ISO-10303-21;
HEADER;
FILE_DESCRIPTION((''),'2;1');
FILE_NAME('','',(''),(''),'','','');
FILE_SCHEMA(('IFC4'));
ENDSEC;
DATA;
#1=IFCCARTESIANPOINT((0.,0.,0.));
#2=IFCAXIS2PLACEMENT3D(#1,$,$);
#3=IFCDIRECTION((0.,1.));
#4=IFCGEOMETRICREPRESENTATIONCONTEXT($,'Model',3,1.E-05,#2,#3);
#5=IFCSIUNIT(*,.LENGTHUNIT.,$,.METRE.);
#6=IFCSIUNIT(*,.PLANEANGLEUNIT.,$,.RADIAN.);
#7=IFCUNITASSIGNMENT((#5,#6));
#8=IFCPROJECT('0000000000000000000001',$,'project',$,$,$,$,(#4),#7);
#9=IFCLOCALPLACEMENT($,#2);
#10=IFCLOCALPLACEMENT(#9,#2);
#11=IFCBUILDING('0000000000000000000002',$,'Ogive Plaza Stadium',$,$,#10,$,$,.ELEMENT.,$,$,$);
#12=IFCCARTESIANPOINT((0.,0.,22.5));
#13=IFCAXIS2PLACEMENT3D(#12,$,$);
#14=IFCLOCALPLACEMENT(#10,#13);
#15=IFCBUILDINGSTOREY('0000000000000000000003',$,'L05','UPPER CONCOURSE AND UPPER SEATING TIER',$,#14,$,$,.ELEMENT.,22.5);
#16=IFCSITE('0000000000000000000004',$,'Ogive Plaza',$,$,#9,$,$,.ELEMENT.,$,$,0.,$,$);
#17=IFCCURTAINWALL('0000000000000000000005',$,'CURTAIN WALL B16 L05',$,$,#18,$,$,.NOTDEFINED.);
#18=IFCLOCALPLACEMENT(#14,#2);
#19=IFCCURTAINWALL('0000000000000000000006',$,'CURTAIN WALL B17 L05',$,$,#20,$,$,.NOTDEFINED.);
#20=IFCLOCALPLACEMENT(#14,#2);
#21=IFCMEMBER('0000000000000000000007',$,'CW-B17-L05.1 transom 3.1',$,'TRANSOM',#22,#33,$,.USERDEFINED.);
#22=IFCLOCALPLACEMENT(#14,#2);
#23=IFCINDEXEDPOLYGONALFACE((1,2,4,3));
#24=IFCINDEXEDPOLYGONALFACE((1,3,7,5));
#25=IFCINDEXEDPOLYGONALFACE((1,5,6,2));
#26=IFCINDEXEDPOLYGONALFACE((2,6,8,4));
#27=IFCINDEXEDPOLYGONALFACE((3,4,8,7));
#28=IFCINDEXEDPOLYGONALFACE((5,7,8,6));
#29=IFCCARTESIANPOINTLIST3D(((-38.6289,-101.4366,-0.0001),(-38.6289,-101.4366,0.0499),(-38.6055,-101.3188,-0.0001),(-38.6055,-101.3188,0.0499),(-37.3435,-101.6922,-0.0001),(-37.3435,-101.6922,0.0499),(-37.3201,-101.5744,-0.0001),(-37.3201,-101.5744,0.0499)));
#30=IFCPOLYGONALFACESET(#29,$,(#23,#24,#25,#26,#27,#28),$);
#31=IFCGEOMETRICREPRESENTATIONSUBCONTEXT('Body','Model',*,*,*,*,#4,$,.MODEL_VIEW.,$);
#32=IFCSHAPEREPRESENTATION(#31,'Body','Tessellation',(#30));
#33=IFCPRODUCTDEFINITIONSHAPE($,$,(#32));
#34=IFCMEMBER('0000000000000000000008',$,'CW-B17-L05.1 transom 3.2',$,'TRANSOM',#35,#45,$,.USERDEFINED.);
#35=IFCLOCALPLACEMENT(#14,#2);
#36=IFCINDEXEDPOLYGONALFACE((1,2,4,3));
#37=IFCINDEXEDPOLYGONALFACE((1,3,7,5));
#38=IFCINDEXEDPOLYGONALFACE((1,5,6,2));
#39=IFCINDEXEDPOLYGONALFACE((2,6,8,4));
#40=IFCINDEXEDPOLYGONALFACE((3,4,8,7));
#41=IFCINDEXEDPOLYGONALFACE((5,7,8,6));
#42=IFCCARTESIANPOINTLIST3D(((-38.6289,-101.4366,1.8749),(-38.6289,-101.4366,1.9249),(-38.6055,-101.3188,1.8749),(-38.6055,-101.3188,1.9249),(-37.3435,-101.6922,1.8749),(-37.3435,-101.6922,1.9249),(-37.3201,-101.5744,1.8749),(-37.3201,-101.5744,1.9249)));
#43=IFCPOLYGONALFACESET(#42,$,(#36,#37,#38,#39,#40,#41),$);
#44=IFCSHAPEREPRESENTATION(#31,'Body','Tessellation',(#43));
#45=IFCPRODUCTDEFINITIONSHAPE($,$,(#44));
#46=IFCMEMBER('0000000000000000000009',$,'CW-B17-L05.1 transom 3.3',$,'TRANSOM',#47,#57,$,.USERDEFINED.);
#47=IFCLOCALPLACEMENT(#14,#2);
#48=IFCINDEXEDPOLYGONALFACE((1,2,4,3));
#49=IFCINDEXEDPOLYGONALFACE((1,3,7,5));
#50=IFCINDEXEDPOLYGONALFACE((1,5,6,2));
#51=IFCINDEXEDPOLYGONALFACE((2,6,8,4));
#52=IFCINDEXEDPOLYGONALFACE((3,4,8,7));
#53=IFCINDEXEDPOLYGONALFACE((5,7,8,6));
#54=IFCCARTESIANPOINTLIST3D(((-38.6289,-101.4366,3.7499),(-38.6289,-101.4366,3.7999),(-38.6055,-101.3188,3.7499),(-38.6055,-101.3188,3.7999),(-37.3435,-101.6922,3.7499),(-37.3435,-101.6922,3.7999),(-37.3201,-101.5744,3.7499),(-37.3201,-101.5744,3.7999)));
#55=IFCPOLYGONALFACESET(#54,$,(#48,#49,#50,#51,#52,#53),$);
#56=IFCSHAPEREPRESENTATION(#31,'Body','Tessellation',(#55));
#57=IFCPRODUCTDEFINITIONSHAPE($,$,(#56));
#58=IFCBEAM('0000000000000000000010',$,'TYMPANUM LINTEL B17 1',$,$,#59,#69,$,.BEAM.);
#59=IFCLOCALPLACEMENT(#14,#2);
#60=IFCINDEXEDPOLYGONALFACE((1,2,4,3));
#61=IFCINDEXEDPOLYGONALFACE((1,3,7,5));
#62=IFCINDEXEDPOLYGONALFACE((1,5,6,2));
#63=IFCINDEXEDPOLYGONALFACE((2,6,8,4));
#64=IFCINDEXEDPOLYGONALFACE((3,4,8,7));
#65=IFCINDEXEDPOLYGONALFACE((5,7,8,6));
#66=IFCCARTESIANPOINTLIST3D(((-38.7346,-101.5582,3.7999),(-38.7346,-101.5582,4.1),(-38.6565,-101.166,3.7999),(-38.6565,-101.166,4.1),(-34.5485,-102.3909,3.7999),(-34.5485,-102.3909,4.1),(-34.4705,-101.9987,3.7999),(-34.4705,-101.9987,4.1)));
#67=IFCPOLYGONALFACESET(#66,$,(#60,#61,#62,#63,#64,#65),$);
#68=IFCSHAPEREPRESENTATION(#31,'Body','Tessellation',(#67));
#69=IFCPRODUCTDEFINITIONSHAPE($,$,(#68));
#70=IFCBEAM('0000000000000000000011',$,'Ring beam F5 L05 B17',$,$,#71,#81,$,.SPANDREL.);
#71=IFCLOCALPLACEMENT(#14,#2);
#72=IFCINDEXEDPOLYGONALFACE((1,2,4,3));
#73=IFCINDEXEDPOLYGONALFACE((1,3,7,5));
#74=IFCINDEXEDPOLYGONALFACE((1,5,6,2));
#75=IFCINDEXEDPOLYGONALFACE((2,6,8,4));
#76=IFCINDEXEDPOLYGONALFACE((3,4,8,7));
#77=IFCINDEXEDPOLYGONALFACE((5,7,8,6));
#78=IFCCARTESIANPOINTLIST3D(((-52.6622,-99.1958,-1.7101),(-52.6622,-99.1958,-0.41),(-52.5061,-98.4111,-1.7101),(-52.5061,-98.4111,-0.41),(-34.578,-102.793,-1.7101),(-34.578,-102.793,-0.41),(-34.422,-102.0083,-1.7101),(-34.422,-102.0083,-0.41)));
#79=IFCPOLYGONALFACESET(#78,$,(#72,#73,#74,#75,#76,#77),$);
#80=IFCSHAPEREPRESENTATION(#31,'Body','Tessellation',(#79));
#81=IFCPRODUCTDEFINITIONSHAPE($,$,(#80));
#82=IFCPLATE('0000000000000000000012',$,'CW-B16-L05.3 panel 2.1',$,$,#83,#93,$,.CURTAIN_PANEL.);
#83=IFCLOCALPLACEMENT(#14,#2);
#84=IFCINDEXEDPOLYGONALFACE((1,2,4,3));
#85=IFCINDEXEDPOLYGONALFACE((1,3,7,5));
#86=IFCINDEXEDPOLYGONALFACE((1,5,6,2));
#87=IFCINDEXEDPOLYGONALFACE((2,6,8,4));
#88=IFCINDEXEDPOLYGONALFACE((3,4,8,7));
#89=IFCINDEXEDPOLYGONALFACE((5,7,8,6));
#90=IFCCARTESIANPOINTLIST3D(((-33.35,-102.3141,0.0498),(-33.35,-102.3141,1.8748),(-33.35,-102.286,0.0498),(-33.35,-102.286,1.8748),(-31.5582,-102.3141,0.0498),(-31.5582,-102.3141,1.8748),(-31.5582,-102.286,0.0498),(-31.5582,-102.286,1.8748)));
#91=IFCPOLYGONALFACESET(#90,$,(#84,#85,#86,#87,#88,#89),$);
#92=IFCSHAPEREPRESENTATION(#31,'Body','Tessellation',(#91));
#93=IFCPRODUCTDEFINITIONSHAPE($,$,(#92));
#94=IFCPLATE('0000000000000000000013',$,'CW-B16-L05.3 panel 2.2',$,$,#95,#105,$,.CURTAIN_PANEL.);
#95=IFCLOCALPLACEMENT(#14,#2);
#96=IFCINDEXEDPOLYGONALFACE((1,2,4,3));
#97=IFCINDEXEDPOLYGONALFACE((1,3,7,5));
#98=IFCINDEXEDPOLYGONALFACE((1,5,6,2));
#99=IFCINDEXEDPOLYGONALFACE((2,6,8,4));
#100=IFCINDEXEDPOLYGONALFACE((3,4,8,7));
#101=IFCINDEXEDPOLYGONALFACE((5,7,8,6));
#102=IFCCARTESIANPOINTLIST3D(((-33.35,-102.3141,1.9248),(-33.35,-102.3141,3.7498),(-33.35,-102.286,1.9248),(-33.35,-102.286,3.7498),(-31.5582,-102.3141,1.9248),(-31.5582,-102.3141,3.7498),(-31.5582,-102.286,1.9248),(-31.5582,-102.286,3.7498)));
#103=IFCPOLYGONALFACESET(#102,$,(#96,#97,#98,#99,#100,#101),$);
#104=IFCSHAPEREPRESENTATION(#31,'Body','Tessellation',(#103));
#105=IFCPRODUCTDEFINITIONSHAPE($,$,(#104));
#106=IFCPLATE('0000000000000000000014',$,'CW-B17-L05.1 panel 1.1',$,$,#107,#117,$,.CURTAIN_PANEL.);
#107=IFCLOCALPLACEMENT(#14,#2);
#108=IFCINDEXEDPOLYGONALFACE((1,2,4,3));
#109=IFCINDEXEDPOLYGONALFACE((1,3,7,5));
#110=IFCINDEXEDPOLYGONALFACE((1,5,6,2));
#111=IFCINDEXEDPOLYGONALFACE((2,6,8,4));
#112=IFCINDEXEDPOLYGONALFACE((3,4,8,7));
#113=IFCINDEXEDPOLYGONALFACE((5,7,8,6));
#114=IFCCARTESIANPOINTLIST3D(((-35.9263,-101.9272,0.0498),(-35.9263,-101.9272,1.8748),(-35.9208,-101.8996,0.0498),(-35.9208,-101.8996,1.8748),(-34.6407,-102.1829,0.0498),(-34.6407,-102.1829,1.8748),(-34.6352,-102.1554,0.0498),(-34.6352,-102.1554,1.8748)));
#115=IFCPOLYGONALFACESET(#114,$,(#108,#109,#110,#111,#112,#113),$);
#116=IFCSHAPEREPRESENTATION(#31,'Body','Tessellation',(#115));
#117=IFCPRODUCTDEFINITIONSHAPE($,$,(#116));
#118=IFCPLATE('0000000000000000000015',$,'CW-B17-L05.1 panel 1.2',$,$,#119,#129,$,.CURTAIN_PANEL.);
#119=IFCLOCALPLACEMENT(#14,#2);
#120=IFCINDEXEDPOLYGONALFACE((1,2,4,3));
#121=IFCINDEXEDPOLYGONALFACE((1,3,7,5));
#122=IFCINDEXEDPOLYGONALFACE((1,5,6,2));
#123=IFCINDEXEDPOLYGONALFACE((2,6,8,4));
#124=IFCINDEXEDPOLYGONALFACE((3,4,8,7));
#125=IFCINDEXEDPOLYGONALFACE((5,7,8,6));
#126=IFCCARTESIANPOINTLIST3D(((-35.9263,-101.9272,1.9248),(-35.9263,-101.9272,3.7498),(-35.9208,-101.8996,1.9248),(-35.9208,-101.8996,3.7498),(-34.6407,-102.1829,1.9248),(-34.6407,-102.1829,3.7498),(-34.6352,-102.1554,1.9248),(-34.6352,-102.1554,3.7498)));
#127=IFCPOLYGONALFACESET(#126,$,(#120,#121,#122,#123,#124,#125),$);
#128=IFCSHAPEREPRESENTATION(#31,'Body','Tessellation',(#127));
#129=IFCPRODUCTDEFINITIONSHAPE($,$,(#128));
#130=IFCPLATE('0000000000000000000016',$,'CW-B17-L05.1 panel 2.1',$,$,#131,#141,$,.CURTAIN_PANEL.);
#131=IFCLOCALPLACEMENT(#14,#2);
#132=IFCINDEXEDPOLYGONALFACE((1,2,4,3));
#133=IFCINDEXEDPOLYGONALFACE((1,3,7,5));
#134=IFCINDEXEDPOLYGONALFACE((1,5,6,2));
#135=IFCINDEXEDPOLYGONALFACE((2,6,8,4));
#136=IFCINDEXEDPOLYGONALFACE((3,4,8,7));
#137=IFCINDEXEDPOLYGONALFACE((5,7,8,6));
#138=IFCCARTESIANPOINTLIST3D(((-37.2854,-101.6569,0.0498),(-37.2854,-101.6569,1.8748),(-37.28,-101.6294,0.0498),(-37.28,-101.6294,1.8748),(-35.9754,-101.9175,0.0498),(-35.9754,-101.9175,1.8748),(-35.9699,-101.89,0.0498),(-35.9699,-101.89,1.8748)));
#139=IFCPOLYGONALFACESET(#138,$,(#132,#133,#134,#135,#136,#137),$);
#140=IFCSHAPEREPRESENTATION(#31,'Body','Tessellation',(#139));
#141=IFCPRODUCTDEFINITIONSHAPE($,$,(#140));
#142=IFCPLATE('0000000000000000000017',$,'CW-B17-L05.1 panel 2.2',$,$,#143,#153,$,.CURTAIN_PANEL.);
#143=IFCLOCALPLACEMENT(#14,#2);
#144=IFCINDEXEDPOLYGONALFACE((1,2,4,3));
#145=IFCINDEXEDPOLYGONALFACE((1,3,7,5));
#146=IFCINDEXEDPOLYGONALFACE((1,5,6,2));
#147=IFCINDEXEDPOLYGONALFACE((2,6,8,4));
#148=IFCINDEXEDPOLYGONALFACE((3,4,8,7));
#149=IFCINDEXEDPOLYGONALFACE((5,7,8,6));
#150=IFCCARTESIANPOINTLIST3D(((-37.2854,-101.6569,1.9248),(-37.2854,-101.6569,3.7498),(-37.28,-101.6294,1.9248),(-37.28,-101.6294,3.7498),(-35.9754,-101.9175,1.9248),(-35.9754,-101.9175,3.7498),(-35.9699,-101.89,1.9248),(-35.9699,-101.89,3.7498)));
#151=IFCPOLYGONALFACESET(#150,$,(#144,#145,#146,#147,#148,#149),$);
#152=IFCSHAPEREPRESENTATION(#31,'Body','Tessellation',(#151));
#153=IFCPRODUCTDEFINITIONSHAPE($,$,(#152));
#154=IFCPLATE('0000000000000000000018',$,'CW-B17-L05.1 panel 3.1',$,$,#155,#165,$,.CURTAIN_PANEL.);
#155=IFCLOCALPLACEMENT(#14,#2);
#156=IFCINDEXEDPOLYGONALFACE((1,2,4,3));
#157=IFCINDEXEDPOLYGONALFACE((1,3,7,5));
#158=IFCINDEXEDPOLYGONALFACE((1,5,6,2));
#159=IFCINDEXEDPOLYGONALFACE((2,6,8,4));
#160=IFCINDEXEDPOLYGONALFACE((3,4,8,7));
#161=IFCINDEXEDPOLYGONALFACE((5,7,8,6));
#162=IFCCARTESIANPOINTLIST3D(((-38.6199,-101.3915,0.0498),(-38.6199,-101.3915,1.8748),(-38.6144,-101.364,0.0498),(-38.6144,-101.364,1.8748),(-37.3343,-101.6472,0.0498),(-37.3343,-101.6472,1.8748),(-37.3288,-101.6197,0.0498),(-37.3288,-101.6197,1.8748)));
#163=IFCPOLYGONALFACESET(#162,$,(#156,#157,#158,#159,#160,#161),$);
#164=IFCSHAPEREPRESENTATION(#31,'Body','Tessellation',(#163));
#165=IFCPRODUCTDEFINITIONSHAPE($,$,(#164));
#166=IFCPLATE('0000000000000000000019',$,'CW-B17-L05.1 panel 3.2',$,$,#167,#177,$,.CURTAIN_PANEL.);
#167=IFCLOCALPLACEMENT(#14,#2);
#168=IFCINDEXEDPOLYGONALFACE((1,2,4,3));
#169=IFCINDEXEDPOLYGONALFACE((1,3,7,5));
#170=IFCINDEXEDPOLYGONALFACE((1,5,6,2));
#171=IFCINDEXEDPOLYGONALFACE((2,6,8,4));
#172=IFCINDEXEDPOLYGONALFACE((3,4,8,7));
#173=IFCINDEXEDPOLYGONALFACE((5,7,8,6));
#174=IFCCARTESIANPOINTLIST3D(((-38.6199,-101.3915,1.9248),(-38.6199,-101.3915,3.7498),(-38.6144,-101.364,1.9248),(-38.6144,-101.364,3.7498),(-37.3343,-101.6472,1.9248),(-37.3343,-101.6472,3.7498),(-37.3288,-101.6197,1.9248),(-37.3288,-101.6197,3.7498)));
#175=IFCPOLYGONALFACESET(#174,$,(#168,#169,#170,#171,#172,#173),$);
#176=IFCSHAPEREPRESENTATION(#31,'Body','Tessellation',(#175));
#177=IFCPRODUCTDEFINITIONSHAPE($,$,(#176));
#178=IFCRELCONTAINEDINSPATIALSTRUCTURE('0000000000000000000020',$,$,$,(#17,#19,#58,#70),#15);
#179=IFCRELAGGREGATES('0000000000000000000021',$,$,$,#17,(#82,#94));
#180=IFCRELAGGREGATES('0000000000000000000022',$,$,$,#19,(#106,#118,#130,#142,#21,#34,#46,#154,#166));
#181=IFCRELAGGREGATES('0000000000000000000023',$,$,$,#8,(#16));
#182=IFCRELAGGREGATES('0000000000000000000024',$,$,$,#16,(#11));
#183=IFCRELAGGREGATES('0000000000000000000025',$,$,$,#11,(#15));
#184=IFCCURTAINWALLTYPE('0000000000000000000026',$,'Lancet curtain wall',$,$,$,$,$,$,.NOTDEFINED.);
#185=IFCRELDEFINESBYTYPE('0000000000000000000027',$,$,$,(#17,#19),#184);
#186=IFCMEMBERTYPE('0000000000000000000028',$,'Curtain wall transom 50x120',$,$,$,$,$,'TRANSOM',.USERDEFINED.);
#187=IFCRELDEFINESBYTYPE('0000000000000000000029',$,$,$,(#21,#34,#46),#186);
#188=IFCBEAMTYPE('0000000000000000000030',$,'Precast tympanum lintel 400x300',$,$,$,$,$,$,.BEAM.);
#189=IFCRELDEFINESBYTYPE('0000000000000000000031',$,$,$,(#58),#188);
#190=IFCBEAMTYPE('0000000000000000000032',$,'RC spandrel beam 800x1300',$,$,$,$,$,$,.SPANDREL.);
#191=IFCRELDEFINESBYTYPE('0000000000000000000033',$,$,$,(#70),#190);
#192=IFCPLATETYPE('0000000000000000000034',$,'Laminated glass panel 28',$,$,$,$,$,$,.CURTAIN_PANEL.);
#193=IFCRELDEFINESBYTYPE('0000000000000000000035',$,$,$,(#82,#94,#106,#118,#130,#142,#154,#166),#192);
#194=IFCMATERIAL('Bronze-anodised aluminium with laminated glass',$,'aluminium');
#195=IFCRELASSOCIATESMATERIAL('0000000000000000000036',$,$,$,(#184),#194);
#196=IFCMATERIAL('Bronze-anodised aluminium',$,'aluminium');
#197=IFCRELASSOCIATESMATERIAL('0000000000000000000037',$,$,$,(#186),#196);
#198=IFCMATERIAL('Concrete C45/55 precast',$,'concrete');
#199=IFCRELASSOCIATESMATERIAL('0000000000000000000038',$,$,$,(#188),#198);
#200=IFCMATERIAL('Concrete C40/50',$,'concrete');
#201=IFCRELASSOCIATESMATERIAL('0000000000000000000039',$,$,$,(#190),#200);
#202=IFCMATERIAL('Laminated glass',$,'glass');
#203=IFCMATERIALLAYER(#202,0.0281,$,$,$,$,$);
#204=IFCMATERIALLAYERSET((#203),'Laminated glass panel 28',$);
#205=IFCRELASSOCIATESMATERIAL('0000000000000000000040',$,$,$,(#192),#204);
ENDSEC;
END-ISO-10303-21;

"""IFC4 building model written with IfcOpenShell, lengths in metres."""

from ifc_helpers import new_model, si_unit, direction, frame, origin, origin_2d, place, context, subcontext, project, spatial, rectangle, extrude, material, layer, layer_set, material_profile, profile_set, type_object, element, aggregate, save


model = new_model("IFC4")

# Units and contexts
model_context = context("Model", 3, precision=1e-05, world=origin(), true_north=direction((0.0, 1.0)))
body_context = subcontext(model_context, "Body", "Model", "MODEL_VIEW")
ifc_project = project(units=[si_unit("LENGTHUNIT", "METRE"), si_unit("PLANEANGLEUNIT", "RADIAN")], contexts=[model_context])

# Site, building, storey
site_placement = place(None, origin())
site = spatial("IfcSite", under=ifc_project, at=site_placement, Name="Ogive Plaza", CompositionType="ELEMENT", RefElevation=0.0)
building_placement = place(site_placement, origin())
building = spatial("IfcBuilding", under=site, at=building_placement, Name="Ogive Plaza Stadium", CompositionType="ELEMENT")
storey_placement = place(building_placement, frame((0.0, 0.0, 22.5)))
storey = spatial("IfcBuildingStorey", under=building, at=storey_placement, Name="L05", Description="UPPER CONCOURSE AND UPPER SEATING TIER", CompositionType="ELEMENT", Elevation=22.5)

# Curtain wall
ifc_material_1 = material(Name="Bronze-anodised aluminium with laminated glass", Category="aluminium")
curtain_wall_type = type_object("IfcCurtainWallType", Name="Lancet curtain wall", PredefinedType="NOTDEFINED", material=ifc_material_1)
curtain_wall_1_placement = place(storey_placement, origin())
curtain_wall_1 = element("IfcCurtainWall", 1, at=curtain_wall_1_placement, inside=storey, type_object=curtain_wall_type, Name="CURTAIN WALL B16 L05", PredefinedType="NOTDEFINED")

# Curtain wall
curtain_wall_2_placement = place(storey_placement, origin())
curtain_wall_2 = element("IfcCurtainWall", 2, at=curtain_wall_2_placement, inside=storey, type_object=curtain_wall_type, Name="CURTAIN WALL B17 L05", PredefinedType="NOTDEFINED")

# Members
ifc_material_2 = material(Name="Bronze-anodised aluminium", Category="aluminium")
ifc_material_profile_1 = material_profile(ifc_material_2, rectangle(XDim=0.1201, YDim=0.05, at=origin_2d()), Name="AL 120x50")
ifc_profile_set_1 = profile_set([ifc_material_profile_1], Name="Bronze-anodised aluminium")
member_type_1 = type_object("IfcMemberType", Name="Curtain wall transom 50x120", ElementType="TRANSOM", PredefinedType="USERDEFINED", material=ifc_profile_set_1)
member_1_placement = place(storey_placement, frame((-37.3318, -101.6333, 0.0249), z_axis=(-0.980795, 0.195041, 0.0), x_axis=(-0.195041, -0.980795, 0.0)))
member_1 = element("IfcMember", 3, at=member_1_placement, type_object=member_type_1, Name="CW-B17-L05.1 transom 3.1", ObjectType="TRANSOM", PredefinedType="USERDEFINED", context=body_context, shape_type="SweptSolid", body=[
    extrude(rectangle(XDim=0.1201, YDim=0.05, at=origin_2d()), origin(), (0.0, 0.0, 1.0), 1.3105),
])
member_2_placement = place(storey_placement, frame((-37.3318, -101.6333, 1.8999), z_axis=(-0.980795, 0.195041, 0.0), x_axis=(-0.195041, -0.980795, 0.0)))
member_2 = element("IfcMember", 4, at=member_2_placement, type_object=member_type_1, Name="CW-B17-L05.1 transom 3.2", ObjectType="TRANSOM", PredefinedType="USERDEFINED", context=body_context, shape_type="SweptSolid", body=[
    extrude(rectangle(XDim=0.1201, YDim=0.05, at=origin_2d()), origin(), (0.0, 0.0, 1.0), 1.3105),
])
member_3_placement = place(storey_placement, frame((-37.3318, -101.6333, 3.7749), z_axis=(-0.980795, 0.195041, 0.0), x_axis=(-0.195041, -0.980795, 0.0)))
member_3 = element("IfcMember", 5, at=member_3_placement, type_object=member_type_1, Name="CW-B17-L05.1 transom 3.3", ObjectType="TRANSOM", PredefinedType="USERDEFINED", context=body_context, shape_type="SweptSolid", body=[
    extrude(rectangle(XDim=0.1201, YDim=0.05, at=origin_2d()), origin(), (0.0, 0.0, 1.0), 1.3105),
])

# Beams
ifc_material_3 = material(Name="Concrete C45/55 precast", Category="concrete")
ifc_material_profile_2 = material_profile(ifc_material_3, rectangle(XDim=0.3999, YDim=0.3, at=origin_2d()), Name="RC 400x300")
ifc_profile_set_2 = profile_set([ifc_material_profile_2], Name="Concrete C45/55 precast")
beam_type_1 = type_object("IfcBeamType", Name="Precast tympanum lintel 400x300", PredefinedType="BEAM", material=ifc_profile_set_2)
beam_1_placement = place(storey_placement, frame((-34.5095, -102.1948, 3.95), z_axis=(-0.98078, 0.195115, 0.0), x_axis=(-0.195115, -0.98078, 0.0)))
element("IfcBeam", 6, at=beam_1_placement, inside=storey, type_object=beam_type_1, Name="TYMPANUM LINTEL B17 1", PredefinedType="BEAM", context=body_context, shape_type="SweptSolid", body=[
    extrude(rectangle(XDim=0.3999, YDim=0.3, at=origin_2d()), origin(), (0.0, 0.0, 1.0), 4.2681),
])
ifc_material_4 = material(Name="Concrete C40/50", Category="concrete")
ifc_material_profile_3 = material_profile(ifc_material_4, rectangle(XDim=0.8, YDim=1.3, at=origin_2d()), Name="RC 800x1300")
ifc_profile_set_3 = profile_set([ifc_material_profile_3], Name="Concrete C40/50")
beam_type_2 = type_object("IfcBeamType", Name="RC spandrel beam 800x1300", PredefinedType="SPANDREL", material=ifc_profile_set_3)
beam_2_placement = place(storey_placement, frame((-34.5, -102.4006, -1.0601), z_axis=(-0.980785, 0.19509, 0.0), x_axis=(-0.19509, -0.980785, 0.0)))
element("IfcBeam", 7, at=beam_2_placement, inside=storey, type_object=beam_type_2, Name="Ring beam F5 L05 B17", PredefinedType="SPANDREL", context=body_context, shape_type="SweptSolid", body=[
    extrude(rectangle(XDim=0.8, YDim=1.3, at=origin_2d()), origin(), (0.0, 0.0, 1.0), 18.4385),
])

# Plates
ifc_material_5 = material(Name="Laminated glass", Category="glass")
ifc_layer_1 = layer(ifc_material_5, 0.0281)
ifc_layer_set_1 = layer_set([ifc_layer_1], Name="Laminated glass panel 28")
plate_type = type_object("IfcPlateType", Name="Laminated glass panel 28", PredefinedType="CURTAIN_PANEL", material=ifc_layer_set_1)
plate_1_placement = place(storey_placement, frame((-32.4541, -102.3, 0.0498), z_axis=(0.0, 0.0, 1.0), x_axis=(-1.0, 0.0, 0.0)))
plate_1 = element("IfcPlate", 8, at=plate_1_placement, type_object=plate_type, Name="CW-B16-L05.3 panel 2.1", PredefinedType="CURTAIN_PANEL", context=body_context, shape_type="SweptSolid", body=[
    extrude(rectangle(XDim=1.7917, YDim=0.0281, at=origin_2d()), origin(), (0.0, 0.0, 1.0), 1.825),
])
plate_2_placement = place(storey_placement, frame((-32.4541, -102.3, 1.9248), z_axis=(0.0, 0.0, 1.0), x_axis=(-1.0, 0.0, 0.0)))
plate_2 = element("IfcPlate", 9, at=plate_2_placement, type_object=plate_type, Name="CW-B16-L05.3 panel 2.2", PredefinedType="CURTAIN_PANEL", context=body_context, shape_type="SweptSolid", body=[
    extrude(rectangle(XDim=1.7917, YDim=0.0281, at=origin_2d()), origin(), (0.0, 0.0, 1.0), 1.825),
])
aggregate(curtain_wall_1, [plate_1, plate_2])
plate_3_placement = place(storey_placement, frame((-35.2808, -102.0413, 0.0498), z_axis=(0.0, 0.0, 1.0), x_axis=(-0.980785, 0.19509, 0.0)))
plate_3 = element("IfcPlate", 10, at=plate_3_placement, type_object=plate_type, Name="CW-B17-L05.1 panel 1.1", PredefinedType="CURTAIN_PANEL", context=body_context, shape_type="SweptSolid", body=[
    extrude(rectangle(XDim=1.3108, YDim=0.0281, at=origin_2d()), origin(), (0.0, 0.0, 1.0), 1.825),
])
plate_4_placement = place(storey_placement, frame((-35.2808, -102.0413, 1.9248), z_axis=(0.0, 0.0, 1.0), x_axis=(-0.980785, 0.19509, 0.0)))
plate_4 = element("IfcPlate", 11, at=plate_4_placement, type_object=plate_type, Name="CW-B17-L05.1 panel 1.2", PredefinedType="CURTAIN_PANEL", context=body_context, shape_type="SweptSolid", body=[
    extrude(rectangle(XDim=1.3108, YDim=0.0281, at=origin_2d()), origin(), (0.0, 0.0, 1.0), 1.825),
])
plate_5_placement = place(storey_placement, frame((-36.6277, -101.7734, 0.0498), z_axis=(0.0, 0.0, 1.0), x_axis=(-0.980785, 0.19509, 0.0)))
plate_5 = element("IfcPlate", 12, at=plate_5_placement, type_object=plate_type, Name="CW-B17-L05.1 panel 2.1", PredefinedType="CURTAIN_PANEL", context=body_context, shape_type="SweptSolid", body=[
    extrude(rectangle(XDim=1.3357, YDim=0.0281, at=origin_2d()), origin(), (0.0, 0.0, 1.0), 1.825),
])
plate_6_placement = place(storey_placement, frame((-36.6277, -101.7734, 1.9248), z_axis=(0.0, 0.0, 1.0), x_axis=(-0.980785, 0.19509, 0.0)))
plate_6 = element("IfcPlate", 13, at=plate_6_placement, type_object=plate_type, Name="CW-B17-L05.1 panel 2.2", PredefinedType="CURTAIN_PANEL", context=body_context, shape_type="SweptSolid", body=[
    extrude(rectangle(XDim=1.3357, YDim=0.0281, at=origin_2d()), origin(), (0.0, 0.0, 1.0), 1.825),
])
plate_7_placement = place(storey_placement, frame((-37.9744, -101.5056, 0.0498), z_axis=(0.0, 0.0, 1.0), x_axis=(-0.980785, 0.19509, 0.0)))
plate_7 = element("IfcPlate", 14, at=plate_7_placement, type_object=plate_type, Name="CW-B17-L05.1 panel 3.1", PredefinedType="CURTAIN_PANEL", context=body_context, shape_type="SweptSolid", body=[
    extrude(rectangle(XDim=1.3108, YDim=0.0281, at=origin_2d()), origin(), (0.0, 0.0, 1.0), 1.825),
])
plate_8_placement = place(storey_placement, frame((-37.9744, -101.5056, 1.9248), z_axis=(0.0, 0.0, 1.0), x_axis=(-0.980785, 0.19509, 0.0)))
plate_8 = element("IfcPlate", 15, at=plate_8_placement, type_object=plate_type, Name="CW-B17-L05.1 panel 3.2", PredefinedType="CURTAIN_PANEL", context=body_context, shape_type="SweptSolid", body=[
    extrude(rectangle(XDim=1.3108, YDim=0.0281, at=origin_2d()), origin(), (0.0, 0.0, 1.0), 1.825),
])
aggregate(curtain_wall_2, [plate_3, plate_4, plate_5, plate_6, member_1, member_2, member_3, plate_7, plate_8])

save(model, "model.ifc")
